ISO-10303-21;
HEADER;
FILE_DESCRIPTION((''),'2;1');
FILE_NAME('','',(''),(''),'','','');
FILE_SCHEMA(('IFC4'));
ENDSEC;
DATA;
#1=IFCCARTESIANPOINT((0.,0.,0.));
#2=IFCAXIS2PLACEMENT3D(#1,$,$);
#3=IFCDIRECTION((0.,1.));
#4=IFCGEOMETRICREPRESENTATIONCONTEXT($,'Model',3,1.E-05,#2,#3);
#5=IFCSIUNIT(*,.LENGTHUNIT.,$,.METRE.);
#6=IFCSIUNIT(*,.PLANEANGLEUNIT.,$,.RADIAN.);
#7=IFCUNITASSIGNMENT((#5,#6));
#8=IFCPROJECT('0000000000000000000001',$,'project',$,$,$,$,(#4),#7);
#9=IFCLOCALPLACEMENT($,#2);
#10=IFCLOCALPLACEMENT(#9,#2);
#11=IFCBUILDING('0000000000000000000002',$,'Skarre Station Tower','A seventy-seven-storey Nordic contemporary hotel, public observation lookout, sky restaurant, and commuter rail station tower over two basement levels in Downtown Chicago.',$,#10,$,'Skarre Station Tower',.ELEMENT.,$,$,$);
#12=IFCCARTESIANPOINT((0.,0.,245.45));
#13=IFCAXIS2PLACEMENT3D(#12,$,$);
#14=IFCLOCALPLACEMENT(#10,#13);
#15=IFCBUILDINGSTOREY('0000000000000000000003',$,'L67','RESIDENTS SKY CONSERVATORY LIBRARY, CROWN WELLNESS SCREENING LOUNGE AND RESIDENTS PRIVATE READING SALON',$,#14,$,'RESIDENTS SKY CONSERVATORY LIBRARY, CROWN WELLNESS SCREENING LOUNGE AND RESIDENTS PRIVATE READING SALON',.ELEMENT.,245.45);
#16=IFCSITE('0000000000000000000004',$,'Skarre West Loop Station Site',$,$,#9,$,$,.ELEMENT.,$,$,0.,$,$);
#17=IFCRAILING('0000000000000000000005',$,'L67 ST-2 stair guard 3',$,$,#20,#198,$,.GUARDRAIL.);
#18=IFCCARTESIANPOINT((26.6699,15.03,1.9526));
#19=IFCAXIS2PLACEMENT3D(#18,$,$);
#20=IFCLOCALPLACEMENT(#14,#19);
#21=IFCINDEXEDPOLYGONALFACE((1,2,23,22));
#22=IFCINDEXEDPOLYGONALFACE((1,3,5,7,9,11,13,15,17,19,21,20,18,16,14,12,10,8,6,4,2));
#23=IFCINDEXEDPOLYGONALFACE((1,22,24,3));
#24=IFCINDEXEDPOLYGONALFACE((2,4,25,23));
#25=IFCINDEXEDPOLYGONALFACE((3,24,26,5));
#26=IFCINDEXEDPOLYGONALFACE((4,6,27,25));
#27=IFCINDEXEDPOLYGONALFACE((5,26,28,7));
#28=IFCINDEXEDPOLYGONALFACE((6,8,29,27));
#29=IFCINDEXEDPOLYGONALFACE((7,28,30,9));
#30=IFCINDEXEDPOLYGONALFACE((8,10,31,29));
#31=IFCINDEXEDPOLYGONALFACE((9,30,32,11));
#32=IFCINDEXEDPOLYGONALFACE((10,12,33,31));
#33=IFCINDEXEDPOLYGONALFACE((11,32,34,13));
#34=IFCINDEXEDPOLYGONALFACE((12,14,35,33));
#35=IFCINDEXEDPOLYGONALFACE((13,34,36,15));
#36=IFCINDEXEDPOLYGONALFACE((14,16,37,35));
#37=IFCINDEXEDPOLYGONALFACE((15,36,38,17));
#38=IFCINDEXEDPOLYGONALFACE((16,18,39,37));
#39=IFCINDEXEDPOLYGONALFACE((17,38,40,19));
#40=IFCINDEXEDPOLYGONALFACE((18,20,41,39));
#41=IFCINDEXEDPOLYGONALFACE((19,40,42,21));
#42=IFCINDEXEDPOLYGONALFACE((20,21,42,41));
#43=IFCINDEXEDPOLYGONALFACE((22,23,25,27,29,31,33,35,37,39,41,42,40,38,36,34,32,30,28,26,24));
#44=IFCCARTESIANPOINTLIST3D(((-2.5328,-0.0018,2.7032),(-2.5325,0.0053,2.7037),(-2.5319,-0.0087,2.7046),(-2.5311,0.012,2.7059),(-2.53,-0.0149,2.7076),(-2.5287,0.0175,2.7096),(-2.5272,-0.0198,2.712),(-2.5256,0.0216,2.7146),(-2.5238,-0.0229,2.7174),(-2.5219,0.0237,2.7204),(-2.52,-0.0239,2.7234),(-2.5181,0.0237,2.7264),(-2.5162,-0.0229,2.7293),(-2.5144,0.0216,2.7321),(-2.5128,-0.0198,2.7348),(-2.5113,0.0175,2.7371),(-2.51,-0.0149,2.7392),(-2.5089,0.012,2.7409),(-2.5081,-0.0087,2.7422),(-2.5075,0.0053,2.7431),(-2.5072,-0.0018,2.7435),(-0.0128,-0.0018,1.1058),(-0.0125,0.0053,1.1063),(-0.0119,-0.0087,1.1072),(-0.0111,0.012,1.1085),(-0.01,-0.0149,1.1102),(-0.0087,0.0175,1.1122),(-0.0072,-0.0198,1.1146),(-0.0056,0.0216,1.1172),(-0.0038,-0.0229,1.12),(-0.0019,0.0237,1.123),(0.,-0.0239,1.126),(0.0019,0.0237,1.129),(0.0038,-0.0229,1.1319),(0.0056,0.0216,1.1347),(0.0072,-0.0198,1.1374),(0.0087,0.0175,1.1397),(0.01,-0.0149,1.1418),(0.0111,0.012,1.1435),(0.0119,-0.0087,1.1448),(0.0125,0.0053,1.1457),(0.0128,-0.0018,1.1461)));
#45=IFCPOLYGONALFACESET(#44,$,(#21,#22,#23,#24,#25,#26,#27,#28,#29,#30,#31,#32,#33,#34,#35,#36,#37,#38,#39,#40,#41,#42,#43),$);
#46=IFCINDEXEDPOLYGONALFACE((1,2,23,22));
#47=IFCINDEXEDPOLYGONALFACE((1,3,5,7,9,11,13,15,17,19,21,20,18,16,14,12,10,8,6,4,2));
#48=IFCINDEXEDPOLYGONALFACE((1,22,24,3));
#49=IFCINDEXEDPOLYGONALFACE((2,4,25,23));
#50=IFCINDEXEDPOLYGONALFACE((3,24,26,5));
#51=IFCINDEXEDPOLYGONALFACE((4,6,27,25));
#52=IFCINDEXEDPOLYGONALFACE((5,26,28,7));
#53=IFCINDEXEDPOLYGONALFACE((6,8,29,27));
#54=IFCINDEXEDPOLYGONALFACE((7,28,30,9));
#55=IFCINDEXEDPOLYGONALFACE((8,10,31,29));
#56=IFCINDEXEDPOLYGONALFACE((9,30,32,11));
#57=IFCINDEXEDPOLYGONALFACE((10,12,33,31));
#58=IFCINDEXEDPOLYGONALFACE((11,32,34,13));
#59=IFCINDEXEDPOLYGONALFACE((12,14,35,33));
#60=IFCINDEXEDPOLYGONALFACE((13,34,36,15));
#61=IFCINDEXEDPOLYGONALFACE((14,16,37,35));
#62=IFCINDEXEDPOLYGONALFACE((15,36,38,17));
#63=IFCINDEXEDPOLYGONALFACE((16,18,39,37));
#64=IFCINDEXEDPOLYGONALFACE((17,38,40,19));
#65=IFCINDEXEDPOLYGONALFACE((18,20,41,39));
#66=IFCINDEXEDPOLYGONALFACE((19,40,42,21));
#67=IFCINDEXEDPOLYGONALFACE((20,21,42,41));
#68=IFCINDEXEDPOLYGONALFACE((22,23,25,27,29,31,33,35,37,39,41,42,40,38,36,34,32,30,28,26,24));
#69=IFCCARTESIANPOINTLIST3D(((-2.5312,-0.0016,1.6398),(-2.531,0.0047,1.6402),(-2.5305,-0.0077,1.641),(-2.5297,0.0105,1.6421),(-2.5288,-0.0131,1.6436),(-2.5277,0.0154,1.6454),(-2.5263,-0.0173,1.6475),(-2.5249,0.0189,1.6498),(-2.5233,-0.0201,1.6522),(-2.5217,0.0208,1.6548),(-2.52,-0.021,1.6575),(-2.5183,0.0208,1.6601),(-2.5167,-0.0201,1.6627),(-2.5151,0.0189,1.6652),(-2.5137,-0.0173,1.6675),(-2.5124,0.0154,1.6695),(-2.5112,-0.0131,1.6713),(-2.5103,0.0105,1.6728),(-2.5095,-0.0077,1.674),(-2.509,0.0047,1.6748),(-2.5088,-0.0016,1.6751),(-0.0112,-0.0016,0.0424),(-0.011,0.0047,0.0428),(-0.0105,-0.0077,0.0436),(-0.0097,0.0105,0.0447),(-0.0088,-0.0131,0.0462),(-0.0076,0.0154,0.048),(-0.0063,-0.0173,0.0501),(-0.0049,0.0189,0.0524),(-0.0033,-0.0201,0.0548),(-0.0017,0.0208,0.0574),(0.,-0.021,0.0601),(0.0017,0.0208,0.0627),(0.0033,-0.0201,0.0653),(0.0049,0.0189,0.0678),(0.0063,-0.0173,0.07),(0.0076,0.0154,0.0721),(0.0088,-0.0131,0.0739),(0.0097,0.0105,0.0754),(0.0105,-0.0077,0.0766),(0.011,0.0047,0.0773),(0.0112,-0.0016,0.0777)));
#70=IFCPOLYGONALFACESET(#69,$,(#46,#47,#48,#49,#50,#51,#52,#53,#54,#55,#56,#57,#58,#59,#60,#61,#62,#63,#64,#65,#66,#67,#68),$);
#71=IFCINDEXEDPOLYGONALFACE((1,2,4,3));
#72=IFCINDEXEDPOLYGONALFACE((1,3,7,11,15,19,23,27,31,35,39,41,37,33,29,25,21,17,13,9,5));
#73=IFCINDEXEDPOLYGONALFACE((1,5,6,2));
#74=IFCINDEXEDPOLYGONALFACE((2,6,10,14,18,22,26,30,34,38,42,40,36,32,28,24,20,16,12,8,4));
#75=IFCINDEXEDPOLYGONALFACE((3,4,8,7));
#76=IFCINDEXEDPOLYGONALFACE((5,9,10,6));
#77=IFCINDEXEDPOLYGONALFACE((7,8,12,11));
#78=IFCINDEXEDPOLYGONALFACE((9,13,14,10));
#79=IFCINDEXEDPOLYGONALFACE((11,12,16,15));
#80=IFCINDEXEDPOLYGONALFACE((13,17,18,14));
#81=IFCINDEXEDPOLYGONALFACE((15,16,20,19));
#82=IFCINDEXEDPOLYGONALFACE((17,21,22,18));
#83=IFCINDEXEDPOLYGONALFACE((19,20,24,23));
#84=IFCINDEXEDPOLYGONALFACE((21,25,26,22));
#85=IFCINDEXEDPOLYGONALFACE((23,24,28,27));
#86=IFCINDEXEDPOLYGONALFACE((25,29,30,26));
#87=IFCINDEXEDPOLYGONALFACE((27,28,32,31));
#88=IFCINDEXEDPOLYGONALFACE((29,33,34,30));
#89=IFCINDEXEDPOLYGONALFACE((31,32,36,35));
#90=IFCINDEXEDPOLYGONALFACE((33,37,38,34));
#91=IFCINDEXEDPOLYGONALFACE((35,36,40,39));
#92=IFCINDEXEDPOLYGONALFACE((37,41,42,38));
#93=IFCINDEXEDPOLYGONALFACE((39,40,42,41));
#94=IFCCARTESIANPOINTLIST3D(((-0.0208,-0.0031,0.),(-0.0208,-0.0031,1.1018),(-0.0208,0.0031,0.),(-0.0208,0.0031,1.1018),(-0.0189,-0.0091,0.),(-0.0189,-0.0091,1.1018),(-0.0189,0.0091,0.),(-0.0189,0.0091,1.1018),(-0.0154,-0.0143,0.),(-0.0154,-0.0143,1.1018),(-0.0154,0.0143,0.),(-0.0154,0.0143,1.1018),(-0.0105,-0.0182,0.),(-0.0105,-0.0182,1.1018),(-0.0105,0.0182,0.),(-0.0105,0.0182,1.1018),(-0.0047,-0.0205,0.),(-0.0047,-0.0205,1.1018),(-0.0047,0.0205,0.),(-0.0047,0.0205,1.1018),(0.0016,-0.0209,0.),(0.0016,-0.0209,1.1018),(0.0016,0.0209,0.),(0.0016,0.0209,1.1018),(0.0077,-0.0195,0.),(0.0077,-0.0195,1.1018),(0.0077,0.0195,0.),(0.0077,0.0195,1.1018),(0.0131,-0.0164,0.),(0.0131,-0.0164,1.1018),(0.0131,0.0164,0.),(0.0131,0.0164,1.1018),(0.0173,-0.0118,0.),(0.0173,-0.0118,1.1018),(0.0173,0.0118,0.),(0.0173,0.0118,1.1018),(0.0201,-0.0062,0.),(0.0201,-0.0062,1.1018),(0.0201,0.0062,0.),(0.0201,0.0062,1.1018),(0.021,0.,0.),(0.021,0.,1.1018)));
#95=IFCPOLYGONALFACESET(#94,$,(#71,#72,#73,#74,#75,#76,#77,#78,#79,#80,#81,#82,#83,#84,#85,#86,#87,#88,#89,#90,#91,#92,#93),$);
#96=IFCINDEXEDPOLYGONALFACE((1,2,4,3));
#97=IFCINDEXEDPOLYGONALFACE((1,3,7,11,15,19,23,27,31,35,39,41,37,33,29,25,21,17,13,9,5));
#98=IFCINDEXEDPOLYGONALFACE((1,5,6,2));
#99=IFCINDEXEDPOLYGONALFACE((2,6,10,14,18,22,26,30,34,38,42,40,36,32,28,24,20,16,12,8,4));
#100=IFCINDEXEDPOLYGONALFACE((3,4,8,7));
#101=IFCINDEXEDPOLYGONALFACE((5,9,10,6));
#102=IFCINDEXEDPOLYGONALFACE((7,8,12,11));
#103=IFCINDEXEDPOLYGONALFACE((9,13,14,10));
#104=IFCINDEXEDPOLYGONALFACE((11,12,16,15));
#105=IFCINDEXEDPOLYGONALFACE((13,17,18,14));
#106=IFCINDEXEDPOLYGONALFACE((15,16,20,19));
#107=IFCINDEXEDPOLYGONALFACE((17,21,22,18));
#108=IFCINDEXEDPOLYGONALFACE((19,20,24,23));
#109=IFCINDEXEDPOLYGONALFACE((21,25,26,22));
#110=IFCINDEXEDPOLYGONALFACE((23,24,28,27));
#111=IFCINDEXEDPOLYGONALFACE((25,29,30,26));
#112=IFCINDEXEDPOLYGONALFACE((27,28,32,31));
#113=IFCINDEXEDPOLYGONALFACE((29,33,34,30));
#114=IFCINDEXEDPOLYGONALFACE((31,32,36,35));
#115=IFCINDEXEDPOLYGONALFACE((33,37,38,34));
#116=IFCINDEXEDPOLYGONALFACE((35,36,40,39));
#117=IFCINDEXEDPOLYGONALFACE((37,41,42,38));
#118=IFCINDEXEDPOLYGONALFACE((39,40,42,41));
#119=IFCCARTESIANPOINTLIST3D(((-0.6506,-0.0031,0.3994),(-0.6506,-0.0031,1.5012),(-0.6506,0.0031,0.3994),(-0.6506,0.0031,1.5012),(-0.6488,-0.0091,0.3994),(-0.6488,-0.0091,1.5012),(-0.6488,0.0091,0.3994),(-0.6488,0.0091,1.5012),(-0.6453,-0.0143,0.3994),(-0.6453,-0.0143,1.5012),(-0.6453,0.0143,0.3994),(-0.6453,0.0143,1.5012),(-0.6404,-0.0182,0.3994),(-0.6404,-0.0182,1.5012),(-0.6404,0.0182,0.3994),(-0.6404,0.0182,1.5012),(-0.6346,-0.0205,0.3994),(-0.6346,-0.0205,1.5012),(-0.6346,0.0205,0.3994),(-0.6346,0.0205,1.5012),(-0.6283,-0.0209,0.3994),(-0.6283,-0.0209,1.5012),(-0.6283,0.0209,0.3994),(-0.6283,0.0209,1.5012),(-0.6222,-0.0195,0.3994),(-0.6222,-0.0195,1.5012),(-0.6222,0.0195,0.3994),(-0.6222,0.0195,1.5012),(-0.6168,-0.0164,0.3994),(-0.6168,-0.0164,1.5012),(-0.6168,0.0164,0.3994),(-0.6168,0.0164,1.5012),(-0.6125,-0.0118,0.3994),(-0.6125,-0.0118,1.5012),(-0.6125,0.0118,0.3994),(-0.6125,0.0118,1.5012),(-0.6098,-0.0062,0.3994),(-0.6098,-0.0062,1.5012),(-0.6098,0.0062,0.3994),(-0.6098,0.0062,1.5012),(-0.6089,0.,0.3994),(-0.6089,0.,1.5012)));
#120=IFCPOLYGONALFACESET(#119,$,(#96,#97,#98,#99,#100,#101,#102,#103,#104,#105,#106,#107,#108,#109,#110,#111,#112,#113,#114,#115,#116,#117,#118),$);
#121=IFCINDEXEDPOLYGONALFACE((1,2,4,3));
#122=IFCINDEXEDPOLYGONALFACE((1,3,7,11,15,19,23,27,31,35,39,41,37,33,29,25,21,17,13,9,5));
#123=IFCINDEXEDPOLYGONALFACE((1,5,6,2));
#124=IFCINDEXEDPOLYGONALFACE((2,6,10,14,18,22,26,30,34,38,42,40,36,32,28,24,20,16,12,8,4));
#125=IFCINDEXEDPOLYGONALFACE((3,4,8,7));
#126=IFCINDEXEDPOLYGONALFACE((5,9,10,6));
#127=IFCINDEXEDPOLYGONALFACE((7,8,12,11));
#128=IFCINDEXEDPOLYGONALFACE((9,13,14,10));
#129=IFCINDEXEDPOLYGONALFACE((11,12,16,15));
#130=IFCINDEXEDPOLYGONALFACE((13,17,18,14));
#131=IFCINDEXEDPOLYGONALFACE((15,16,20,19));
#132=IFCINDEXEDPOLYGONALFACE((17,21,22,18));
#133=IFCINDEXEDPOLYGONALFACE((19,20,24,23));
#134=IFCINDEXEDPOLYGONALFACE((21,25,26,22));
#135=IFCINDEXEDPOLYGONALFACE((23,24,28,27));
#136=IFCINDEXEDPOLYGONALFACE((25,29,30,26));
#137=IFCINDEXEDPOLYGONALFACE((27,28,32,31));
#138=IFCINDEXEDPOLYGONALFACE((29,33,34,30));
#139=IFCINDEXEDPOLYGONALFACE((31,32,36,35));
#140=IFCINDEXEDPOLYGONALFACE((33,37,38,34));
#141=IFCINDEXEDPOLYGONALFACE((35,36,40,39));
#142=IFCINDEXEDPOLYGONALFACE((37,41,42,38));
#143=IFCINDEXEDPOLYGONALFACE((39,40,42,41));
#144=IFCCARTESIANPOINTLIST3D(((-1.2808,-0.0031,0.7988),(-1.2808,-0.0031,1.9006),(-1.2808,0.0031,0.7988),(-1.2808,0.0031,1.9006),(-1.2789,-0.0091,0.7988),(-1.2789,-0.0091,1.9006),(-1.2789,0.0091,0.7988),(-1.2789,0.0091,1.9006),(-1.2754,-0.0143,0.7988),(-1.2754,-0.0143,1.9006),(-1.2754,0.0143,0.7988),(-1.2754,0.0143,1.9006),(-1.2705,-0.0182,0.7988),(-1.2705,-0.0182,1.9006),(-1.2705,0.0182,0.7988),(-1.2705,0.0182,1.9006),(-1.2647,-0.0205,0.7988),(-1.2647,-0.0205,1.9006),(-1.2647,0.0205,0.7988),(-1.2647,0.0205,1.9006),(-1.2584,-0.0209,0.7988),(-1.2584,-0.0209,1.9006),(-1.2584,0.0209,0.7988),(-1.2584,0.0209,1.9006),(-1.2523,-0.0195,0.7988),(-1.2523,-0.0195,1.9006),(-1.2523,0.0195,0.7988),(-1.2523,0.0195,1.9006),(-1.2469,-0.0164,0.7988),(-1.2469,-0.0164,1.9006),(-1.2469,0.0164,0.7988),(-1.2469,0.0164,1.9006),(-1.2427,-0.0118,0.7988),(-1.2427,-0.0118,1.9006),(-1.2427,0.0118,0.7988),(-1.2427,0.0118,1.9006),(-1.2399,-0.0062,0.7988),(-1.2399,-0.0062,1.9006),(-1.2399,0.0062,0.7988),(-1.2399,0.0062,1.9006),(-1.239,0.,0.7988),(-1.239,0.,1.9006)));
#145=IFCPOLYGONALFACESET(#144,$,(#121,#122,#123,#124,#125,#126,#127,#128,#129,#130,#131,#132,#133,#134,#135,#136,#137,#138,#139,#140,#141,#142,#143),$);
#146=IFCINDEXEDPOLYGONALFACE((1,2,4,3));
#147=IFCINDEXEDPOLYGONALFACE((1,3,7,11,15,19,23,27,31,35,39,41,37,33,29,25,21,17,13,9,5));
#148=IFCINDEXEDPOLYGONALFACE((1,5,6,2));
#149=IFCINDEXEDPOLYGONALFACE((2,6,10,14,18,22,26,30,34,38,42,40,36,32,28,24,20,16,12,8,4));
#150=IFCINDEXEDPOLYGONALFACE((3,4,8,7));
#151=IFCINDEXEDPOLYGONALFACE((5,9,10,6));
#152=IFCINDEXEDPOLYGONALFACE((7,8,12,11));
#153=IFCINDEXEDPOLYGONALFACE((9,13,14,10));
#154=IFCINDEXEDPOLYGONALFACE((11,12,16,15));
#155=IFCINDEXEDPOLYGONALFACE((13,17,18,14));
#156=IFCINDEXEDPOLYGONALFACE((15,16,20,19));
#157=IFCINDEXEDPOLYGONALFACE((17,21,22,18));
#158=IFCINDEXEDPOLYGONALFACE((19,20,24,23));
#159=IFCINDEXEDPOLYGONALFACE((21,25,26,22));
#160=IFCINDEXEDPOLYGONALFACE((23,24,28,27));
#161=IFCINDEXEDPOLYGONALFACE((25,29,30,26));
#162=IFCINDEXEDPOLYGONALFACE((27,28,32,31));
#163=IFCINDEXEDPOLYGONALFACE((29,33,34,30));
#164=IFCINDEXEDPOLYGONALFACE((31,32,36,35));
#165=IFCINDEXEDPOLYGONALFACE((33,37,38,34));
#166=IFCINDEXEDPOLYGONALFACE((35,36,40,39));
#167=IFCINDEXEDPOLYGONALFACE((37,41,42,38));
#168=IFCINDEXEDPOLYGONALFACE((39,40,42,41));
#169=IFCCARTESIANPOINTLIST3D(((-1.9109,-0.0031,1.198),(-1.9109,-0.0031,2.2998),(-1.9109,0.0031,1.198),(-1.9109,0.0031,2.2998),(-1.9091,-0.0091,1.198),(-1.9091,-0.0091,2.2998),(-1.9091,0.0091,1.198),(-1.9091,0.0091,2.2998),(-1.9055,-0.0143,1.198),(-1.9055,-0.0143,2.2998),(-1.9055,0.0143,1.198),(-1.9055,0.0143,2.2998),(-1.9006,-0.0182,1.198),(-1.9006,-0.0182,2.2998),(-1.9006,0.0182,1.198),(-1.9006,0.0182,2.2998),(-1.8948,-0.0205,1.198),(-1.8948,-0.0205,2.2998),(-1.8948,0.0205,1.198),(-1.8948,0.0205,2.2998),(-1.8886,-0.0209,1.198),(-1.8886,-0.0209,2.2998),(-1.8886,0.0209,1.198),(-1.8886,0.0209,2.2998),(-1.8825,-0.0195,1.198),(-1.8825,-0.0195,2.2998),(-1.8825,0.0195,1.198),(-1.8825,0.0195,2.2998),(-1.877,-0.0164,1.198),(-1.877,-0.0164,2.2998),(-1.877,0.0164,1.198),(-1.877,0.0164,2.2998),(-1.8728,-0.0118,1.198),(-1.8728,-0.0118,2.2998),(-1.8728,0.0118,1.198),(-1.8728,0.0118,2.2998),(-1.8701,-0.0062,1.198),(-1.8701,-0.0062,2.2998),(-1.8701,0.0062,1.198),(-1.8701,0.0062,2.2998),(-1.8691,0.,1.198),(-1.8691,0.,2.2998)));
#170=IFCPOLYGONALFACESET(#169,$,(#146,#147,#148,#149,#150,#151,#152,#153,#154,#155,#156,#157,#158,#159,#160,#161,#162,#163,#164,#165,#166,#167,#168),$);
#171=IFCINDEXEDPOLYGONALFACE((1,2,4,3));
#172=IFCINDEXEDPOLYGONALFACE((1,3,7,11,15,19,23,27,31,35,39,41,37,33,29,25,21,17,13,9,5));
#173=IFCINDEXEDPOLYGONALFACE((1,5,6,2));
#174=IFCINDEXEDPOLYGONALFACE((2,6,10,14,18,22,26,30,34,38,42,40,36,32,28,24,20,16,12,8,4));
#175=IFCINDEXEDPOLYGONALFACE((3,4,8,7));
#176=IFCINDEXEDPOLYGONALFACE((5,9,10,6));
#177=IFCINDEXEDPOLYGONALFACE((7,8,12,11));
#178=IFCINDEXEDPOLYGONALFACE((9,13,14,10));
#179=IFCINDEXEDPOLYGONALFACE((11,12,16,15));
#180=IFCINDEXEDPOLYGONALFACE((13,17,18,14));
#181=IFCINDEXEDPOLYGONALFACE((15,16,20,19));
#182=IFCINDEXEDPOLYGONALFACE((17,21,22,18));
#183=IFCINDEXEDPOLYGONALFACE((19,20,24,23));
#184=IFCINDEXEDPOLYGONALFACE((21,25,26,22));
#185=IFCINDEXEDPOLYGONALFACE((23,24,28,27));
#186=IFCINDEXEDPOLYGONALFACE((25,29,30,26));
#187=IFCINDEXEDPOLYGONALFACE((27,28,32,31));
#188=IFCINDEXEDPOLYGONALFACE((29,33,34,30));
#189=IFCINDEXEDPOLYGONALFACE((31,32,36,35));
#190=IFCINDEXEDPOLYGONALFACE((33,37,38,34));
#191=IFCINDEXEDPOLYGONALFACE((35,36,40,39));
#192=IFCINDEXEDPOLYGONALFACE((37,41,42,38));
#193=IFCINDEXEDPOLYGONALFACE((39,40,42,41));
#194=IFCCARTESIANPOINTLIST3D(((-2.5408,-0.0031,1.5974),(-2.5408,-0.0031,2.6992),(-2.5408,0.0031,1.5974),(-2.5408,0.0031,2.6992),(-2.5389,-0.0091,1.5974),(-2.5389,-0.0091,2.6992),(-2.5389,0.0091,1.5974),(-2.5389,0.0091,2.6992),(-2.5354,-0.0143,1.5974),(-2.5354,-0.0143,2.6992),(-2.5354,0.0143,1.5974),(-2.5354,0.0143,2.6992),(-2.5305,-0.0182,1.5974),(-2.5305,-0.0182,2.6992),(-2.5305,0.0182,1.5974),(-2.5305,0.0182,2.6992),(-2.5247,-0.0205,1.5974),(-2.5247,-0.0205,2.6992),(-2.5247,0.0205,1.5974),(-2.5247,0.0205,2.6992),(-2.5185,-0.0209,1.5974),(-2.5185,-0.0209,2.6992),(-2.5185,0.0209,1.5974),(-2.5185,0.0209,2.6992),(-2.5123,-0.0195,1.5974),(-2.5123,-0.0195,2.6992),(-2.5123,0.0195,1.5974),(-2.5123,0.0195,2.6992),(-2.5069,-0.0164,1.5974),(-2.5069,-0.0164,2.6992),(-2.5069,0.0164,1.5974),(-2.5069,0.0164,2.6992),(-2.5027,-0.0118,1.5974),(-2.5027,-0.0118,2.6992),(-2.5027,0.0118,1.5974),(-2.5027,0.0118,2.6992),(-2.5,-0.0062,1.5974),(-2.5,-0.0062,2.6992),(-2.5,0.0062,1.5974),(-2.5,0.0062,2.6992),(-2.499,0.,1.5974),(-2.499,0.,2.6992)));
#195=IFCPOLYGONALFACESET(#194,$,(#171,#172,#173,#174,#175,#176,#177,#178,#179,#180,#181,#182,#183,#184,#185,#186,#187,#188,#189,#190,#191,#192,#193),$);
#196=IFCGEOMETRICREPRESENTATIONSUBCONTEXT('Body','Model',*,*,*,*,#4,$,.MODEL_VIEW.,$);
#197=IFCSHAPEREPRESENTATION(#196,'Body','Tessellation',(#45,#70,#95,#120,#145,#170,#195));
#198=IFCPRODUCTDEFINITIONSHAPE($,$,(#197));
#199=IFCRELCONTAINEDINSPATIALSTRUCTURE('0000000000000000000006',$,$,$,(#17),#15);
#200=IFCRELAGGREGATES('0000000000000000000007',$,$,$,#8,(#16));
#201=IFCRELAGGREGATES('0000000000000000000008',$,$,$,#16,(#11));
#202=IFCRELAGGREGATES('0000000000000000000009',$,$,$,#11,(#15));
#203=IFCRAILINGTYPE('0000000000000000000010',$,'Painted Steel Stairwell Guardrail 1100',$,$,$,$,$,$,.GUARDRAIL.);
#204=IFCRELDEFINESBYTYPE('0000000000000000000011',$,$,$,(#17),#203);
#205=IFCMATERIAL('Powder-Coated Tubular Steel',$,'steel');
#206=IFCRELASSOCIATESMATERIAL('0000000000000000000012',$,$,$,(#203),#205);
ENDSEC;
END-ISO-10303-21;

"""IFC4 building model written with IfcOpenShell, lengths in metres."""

from ifc_helpers import new_model, si_unit, direction, frame, origin, origin_2d, place, context, subcontext, project, spatial, circle, extrude, material, type_object, element, save


model = new_model("IFC4")

# Units and contexts
model_context = context("Model", 3, precision=1e-05, world=origin(), true_north=direction((0.0, 1.0)))
body_context = subcontext(model_context, "Body", "Model", "MODEL_VIEW")
ifc_project = project(units=[si_unit("LENGTHUNIT", "METRE"), si_unit("PLANEANGLEUNIT", "RADIAN")], contexts=[model_context])

# Site, building, storey
site_placement = place(None, origin())
site = spatial("IfcSite", under=ifc_project, at=site_placement, Name="Skarre West Loop Station Site", CompositionType="ELEMENT", RefElevation=0.0)
building_placement = place(site_placement, origin())
building = spatial("IfcBuilding", under=site, at=building_placement, Name="Skarre Station Tower", Description="A seventy-seven-storey Nordic contemporary hotel, public observation lookout, sky restaurant, and commuter rail station tower over two basement levels in Downtown Chicago.", LongName="Skarre Station Tower", CompositionType="ELEMENT")
storey_placement = place(building_placement, frame((0.0, 0.0, 245.45)))
storey = spatial("IfcBuildingStorey", under=building, at=storey_placement, Name="L67", Description="RESIDENTS SKY CONSERVATORY LIBRARY, CROWN WELLNESS SCREENING LOUNGE AND RESIDENTS PRIVATE READING SALON", LongName="RESIDENTS SKY CONSERVATORY LIBRARY, CROWN WELLNESS SCREENING LOUNGE AND RESIDENTS PRIVATE READING SALON", CompositionType="ELEMENT", Elevation=245.45)

# Railing
ifc_material_1 = material(Name="Powder-Coated Tubular Steel", Category="steel")
railing_type_1 = type_object("IfcRailingType", Name="Painted Steel Stairwell Guardrail 1100", PredefinedType="GUARDRAIL", material=ifc_material_1)
railing_1_placement = place(storey_placement, frame((26.6699, 15.03, 1.9526)))
element("IfcRailing", 1, at=railing_1_placement, inside=storey, type_object=railing_type_1, Name="L67 ST-2 stair guard 3", PredefinedType="GUARDRAIL", context=body_context, shape_type="SweptSolid", body=[
    extrude(circle(Radius=0.0239, at=origin_2d()), frame((0.0, 0.0, 1.126), z_axis=(-0.844607, 0.0, 0.535387), x_axis=(0.0, -1.0, 0.0)), (0.0, 0.0, 1.0), 2.9836),
    extrude(circle(Radius=0.021, at=origin_2d()), frame((0.0, 0.0, 0.0601), z_axis=(-0.844607, 0.0, 0.535387), x_axis=(0.0, -1.0, 0.0)), (0.0, 0.0, 1.0), 2.9836),
    extrude(circle(Radius=0.021, at=origin_2d()), origin(), (0.0, 0.0, 1.0), 1.1018),
    extrude(circle(Radius=0.021, at=origin_2d()), frame((-0.6299, 0.0, 0.3994)), (0.0, 0.0, 1.0), 1.1018),
    extrude(circle(Radius=0.021, at=origin_2d()), frame((-1.26, 0.0, 0.7988)), (0.0, 0.0, 1.0), 1.1018),
    extrude(circle(Radius=0.021, at=origin_2d()), frame((-1.8901, 0.0, 1.198)), (0.0, 0.0, 1.0), 1.1018),
    extrude(circle(Radius=0.021, at=origin_2d()), frame((-2.52, 0.0, 1.5974)), (0.0, 0.0, 1.0), 1.1018),
])

save(model, "model.ifc")
